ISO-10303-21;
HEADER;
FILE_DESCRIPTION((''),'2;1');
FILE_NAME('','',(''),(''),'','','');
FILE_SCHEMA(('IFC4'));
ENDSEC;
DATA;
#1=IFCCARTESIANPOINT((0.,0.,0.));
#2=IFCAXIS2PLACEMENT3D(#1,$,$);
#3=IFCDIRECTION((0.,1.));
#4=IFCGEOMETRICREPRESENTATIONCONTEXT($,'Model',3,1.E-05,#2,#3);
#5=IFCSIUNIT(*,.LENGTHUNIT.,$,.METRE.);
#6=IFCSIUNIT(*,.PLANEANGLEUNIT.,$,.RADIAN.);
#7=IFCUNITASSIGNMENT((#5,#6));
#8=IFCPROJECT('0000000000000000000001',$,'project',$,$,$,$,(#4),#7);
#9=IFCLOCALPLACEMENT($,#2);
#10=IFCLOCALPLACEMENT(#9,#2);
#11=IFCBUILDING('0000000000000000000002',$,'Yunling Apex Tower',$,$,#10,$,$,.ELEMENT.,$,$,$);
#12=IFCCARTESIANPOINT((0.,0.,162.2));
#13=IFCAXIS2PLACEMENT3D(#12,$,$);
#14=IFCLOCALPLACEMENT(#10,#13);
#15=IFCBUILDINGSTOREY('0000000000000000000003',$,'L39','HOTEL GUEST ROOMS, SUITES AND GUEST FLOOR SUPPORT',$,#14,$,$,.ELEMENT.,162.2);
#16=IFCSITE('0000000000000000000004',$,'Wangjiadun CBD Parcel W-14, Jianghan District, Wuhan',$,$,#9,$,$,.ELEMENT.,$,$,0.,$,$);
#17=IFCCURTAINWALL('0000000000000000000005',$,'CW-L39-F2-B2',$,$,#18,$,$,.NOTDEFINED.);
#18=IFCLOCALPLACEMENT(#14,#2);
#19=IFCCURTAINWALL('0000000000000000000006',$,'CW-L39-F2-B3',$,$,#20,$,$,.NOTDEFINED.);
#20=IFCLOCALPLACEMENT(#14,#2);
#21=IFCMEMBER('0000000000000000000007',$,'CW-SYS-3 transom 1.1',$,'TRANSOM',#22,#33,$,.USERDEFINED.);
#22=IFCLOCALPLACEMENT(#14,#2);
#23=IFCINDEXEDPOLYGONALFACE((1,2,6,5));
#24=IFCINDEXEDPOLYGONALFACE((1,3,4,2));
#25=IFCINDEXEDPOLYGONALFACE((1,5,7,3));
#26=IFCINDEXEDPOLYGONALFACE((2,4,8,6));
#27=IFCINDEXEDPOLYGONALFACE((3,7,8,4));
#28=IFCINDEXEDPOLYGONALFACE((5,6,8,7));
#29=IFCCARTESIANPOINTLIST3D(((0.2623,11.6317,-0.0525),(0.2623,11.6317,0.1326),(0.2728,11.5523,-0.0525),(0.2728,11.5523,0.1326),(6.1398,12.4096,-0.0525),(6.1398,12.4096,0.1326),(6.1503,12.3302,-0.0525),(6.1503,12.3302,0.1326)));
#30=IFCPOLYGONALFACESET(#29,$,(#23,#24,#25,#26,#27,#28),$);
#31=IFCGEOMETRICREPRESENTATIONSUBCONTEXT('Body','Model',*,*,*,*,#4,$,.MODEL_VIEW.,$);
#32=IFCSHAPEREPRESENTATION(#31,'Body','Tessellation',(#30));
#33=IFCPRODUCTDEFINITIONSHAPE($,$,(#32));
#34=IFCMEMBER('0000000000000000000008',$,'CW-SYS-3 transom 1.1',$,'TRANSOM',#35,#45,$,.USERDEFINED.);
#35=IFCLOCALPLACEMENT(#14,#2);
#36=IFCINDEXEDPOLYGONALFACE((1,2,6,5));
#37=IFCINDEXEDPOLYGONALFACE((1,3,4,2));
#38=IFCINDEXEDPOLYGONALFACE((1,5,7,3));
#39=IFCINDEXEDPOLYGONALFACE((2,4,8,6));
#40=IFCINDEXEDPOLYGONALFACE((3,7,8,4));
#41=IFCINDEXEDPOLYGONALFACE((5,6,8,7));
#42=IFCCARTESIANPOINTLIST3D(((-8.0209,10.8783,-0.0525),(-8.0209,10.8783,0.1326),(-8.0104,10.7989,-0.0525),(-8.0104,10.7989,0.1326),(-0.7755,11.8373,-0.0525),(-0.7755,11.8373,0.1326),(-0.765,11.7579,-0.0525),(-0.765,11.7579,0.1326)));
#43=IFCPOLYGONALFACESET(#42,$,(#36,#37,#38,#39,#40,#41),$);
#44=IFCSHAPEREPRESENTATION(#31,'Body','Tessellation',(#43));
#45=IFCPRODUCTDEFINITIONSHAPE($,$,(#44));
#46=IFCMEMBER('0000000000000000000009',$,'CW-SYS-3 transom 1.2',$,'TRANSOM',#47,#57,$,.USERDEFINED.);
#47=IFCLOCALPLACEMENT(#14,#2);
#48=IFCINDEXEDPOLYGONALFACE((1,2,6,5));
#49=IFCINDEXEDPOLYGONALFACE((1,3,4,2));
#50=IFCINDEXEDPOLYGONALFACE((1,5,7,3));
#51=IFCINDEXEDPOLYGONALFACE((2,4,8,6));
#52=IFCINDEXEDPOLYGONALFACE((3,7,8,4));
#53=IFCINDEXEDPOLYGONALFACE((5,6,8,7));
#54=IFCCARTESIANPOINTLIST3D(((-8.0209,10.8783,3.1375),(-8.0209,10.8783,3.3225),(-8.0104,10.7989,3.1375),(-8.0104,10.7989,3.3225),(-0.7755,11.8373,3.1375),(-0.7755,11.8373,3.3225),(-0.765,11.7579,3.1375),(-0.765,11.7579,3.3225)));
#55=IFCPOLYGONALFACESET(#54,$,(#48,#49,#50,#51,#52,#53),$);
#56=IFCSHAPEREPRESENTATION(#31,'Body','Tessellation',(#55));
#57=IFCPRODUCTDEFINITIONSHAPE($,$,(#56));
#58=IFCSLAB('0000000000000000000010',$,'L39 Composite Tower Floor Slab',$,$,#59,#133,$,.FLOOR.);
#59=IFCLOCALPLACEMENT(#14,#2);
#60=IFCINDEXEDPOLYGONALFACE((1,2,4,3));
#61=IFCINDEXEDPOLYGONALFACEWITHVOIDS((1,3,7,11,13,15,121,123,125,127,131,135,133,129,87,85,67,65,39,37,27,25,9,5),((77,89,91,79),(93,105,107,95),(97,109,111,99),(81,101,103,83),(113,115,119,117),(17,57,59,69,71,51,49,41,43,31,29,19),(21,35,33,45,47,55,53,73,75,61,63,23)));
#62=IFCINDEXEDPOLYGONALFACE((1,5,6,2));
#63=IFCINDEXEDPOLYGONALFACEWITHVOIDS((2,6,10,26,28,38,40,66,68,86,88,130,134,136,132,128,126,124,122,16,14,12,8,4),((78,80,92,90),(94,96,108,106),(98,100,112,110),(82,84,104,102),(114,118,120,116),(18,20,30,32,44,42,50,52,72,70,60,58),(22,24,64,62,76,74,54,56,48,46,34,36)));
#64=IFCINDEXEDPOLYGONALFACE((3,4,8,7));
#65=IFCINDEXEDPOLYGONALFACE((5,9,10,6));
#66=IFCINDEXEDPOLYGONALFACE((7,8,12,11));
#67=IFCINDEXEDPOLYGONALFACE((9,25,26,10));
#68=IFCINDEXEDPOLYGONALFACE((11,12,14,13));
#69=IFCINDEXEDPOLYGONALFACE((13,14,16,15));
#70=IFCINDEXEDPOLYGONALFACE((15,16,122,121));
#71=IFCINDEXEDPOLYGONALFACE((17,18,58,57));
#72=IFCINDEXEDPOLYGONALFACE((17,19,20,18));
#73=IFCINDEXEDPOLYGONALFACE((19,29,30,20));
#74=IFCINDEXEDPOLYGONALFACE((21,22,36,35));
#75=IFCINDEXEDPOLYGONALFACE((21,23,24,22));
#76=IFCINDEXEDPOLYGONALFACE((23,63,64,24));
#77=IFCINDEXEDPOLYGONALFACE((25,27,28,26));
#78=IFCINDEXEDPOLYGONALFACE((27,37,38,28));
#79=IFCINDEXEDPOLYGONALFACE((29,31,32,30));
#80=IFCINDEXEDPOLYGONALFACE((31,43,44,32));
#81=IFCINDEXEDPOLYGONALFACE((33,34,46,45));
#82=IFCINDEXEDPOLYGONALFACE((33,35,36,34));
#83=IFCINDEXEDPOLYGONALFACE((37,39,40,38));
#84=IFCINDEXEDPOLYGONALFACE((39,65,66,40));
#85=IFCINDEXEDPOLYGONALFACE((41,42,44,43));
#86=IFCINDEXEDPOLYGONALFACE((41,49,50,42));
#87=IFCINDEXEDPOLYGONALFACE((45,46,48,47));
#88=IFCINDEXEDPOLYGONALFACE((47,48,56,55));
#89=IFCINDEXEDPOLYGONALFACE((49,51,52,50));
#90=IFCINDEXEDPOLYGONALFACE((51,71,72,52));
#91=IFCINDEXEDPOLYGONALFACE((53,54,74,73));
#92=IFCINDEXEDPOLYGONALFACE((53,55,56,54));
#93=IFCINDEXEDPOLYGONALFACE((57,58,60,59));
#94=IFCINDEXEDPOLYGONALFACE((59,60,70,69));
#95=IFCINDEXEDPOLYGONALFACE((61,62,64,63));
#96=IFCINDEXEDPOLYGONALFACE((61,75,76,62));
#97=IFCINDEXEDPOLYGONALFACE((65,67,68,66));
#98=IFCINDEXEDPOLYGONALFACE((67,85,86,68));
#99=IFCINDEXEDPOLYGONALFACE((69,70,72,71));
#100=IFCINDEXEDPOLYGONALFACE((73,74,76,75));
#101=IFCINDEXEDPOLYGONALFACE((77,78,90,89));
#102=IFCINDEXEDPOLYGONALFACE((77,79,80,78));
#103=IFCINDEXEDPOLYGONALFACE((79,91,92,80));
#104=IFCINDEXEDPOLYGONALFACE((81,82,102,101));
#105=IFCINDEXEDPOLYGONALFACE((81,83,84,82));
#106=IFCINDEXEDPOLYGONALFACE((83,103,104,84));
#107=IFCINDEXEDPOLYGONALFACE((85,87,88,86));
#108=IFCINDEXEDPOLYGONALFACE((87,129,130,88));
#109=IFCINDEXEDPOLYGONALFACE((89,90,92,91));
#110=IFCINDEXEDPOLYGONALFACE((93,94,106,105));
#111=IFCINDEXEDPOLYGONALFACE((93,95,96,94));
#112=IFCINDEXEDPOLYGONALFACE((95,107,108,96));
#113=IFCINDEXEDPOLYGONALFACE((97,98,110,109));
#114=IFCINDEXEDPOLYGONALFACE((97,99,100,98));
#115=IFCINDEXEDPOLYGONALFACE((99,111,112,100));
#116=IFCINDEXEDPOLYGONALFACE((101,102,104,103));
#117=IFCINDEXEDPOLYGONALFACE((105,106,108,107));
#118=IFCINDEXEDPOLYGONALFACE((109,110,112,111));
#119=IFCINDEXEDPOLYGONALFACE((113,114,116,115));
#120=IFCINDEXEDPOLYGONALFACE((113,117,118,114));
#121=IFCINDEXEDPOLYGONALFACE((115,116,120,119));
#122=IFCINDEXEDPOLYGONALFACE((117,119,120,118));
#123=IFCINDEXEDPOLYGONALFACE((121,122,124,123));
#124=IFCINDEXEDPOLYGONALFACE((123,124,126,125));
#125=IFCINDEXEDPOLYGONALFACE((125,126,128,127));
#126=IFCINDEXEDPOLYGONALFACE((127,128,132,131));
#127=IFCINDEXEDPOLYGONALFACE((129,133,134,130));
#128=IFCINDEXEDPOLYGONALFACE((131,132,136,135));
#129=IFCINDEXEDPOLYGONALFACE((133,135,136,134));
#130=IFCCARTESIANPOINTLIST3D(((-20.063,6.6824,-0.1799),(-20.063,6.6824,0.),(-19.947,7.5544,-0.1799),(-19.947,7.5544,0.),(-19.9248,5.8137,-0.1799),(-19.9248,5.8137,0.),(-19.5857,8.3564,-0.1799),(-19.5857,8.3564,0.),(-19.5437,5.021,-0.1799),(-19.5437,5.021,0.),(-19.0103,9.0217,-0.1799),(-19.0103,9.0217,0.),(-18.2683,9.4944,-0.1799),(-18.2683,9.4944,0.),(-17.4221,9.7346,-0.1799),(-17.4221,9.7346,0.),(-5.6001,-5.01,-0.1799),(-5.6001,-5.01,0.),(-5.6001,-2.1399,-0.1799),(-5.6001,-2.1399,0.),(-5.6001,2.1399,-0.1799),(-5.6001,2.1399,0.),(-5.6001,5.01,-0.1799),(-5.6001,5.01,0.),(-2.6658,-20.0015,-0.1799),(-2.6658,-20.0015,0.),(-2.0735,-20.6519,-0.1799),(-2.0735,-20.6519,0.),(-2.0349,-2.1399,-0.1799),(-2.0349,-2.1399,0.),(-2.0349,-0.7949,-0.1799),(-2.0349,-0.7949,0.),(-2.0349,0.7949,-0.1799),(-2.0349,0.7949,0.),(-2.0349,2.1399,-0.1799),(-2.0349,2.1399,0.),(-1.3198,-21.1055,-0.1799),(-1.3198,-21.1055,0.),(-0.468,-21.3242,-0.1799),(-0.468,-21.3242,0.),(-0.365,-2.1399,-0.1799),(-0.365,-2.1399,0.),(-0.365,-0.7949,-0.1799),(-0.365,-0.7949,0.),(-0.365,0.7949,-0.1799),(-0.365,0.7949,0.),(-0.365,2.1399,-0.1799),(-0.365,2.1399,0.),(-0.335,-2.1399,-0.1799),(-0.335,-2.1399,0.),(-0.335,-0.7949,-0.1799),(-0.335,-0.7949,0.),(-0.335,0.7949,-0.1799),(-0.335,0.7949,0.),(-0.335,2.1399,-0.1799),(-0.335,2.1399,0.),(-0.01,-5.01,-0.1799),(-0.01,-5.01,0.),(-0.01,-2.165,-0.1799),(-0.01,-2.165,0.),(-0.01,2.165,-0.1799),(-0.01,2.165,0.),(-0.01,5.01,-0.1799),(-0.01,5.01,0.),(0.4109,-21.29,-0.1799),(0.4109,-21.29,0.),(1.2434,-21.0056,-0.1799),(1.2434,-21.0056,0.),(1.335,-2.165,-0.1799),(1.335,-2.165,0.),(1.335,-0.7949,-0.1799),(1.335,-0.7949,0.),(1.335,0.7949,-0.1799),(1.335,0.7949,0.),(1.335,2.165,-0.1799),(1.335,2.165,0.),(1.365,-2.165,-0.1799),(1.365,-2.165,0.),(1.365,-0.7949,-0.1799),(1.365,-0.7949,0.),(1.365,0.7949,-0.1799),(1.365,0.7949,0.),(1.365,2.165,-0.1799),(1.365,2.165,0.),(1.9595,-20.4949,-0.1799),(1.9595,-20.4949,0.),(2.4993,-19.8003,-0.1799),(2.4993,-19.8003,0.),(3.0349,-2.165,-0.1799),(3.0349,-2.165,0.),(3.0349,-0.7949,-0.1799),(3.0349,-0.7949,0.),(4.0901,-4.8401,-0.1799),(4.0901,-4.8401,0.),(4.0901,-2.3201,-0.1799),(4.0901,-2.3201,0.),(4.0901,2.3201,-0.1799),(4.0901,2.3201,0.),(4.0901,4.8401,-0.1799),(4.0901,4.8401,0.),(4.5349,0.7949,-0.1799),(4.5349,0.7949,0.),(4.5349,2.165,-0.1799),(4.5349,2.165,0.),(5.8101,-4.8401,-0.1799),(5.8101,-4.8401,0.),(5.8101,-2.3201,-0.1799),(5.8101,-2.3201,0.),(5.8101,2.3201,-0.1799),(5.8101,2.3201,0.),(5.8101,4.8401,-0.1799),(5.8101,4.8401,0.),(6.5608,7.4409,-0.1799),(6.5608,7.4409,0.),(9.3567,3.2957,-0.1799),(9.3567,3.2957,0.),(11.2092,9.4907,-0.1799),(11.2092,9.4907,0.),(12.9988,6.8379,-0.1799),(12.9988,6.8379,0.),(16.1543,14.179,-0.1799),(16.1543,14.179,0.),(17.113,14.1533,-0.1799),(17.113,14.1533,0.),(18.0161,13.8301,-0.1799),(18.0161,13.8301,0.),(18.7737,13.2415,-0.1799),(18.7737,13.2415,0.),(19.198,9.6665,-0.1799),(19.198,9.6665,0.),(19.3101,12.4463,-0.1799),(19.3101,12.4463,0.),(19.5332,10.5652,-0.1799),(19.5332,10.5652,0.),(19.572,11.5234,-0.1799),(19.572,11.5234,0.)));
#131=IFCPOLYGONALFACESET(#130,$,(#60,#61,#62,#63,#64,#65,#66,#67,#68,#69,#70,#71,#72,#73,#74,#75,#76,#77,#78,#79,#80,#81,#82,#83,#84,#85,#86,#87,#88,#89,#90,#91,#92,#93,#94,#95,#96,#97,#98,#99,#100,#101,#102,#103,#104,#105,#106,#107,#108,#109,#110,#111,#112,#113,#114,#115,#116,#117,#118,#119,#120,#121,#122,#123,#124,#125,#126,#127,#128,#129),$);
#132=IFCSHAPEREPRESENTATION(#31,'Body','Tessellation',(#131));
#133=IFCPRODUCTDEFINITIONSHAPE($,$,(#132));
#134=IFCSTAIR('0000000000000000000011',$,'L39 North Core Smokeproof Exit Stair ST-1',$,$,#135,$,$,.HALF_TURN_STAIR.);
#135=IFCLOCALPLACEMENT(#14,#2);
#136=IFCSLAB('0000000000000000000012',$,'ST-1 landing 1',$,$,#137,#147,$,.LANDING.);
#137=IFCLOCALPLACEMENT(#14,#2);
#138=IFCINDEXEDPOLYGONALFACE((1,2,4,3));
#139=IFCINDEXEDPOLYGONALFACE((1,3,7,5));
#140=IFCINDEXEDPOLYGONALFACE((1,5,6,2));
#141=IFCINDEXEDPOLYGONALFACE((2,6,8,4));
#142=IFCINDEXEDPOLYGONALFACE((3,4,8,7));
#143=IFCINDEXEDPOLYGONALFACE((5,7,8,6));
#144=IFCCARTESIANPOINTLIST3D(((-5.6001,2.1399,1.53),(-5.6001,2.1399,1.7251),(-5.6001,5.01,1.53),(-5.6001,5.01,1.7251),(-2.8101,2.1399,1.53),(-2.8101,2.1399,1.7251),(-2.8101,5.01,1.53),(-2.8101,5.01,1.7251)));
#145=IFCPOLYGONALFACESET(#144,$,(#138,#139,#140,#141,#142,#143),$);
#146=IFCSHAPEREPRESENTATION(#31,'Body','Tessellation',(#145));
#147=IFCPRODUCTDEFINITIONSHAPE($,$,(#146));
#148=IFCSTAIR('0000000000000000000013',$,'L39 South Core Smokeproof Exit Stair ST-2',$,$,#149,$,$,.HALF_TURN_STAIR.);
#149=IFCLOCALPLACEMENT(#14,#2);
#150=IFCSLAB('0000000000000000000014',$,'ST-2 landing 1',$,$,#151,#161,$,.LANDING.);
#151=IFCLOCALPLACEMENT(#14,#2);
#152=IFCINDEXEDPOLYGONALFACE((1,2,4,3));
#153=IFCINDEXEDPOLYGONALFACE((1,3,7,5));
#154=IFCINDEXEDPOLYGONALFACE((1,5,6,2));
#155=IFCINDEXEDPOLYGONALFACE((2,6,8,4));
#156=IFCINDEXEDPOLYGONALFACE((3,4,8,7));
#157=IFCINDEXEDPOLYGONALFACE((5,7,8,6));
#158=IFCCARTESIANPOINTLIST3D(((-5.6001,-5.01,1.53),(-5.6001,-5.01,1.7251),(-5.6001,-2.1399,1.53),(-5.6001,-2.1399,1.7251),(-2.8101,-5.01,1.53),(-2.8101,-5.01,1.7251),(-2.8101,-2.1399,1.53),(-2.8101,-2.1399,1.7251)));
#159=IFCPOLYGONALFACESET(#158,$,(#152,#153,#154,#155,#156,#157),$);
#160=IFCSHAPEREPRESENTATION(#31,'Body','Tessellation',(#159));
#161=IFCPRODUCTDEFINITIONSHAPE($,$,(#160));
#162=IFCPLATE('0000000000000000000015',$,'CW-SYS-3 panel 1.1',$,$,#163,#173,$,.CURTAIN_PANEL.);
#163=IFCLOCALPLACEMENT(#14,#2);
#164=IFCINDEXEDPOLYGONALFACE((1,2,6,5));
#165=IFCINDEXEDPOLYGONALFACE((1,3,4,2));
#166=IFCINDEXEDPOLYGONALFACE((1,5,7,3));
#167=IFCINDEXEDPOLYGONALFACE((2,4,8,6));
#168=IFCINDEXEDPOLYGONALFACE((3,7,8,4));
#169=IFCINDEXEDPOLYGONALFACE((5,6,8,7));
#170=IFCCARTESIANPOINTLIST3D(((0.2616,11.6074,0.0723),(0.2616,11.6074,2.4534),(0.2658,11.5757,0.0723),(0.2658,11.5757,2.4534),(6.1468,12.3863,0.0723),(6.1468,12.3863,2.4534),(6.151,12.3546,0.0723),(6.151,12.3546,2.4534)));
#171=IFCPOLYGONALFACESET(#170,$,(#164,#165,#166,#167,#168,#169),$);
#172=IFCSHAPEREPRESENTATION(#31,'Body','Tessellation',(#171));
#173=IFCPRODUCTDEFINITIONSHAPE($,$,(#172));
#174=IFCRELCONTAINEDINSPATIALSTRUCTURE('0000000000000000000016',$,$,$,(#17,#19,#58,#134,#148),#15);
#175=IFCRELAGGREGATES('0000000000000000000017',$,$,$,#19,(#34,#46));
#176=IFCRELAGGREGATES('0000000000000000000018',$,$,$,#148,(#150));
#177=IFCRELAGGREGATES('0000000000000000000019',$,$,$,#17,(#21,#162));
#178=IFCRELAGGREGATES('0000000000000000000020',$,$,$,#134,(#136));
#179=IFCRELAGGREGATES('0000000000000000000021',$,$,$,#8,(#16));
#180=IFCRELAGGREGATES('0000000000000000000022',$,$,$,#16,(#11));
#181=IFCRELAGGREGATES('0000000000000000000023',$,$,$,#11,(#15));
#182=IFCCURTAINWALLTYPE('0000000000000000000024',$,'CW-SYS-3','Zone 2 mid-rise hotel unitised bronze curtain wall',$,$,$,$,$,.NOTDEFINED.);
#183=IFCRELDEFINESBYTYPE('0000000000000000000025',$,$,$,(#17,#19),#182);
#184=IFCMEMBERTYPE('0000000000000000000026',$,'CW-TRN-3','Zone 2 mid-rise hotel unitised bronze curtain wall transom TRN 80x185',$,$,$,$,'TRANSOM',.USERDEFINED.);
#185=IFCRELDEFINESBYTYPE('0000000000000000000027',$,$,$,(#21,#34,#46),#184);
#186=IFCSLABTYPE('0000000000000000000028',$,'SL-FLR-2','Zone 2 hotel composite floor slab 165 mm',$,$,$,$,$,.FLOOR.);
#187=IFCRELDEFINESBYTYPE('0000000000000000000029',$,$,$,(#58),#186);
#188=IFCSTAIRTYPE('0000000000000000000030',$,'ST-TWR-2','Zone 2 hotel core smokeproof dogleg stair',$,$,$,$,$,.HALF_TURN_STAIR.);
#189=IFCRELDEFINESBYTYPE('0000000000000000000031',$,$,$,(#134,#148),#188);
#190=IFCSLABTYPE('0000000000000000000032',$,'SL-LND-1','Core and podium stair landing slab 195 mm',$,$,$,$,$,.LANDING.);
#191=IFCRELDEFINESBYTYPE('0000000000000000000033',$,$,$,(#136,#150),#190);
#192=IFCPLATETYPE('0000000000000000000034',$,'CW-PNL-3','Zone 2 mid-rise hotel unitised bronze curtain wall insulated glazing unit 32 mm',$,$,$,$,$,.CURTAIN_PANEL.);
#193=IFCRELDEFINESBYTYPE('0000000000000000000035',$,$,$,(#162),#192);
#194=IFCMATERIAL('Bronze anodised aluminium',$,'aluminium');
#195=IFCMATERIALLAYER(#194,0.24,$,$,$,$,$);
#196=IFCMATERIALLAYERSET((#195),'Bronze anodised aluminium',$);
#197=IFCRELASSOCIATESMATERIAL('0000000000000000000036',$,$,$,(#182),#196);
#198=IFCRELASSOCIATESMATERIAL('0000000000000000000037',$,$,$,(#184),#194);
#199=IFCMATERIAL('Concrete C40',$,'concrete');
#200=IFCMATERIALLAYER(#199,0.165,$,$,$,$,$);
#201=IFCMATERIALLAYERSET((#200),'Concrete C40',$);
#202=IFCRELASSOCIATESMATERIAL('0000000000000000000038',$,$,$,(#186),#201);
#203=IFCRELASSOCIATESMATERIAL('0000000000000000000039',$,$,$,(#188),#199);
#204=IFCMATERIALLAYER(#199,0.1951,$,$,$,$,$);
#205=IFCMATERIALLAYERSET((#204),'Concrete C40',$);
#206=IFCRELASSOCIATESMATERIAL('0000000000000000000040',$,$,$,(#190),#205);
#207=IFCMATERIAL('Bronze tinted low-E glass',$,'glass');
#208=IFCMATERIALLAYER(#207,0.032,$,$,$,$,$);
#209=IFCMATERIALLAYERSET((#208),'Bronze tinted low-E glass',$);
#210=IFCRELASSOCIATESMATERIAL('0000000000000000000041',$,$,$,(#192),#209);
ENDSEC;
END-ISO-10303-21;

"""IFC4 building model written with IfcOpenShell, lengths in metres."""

from ifc_helpers import new_model, si_unit, direction, frame, origin, origin_2d, place, context, subcontext, project, spatial, polyline, rectangle, outline, extrude, source, transform, mapped, material, layer, layer_set, material_profile, profile_set, type_object, element, aggregate, save


model = new_model("IFC4")

# Units and contexts
model_context = context("Model", 3, precision=1e-05, world=origin(), true_north=direction((0.0, 1.0)))
body_context = subcontext(model_context, "Body", "Model", "MODEL_VIEW")
ifc_project = project(units=[si_unit("LENGTHUNIT", "METRE"), si_unit("PLANEANGLEUNIT", "RADIAN")], contexts=[model_context])

# Site, building, storey
site_placement = place(None, origin())
site = spatial("IfcSite", under=ifc_project, at=site_placement, Name="Wangjiadun CBD Parcel W-14, Jianghan District, Wuhan", CompositionType="ELEMENT", RefElevation=0.0)
building_placement = place(site_placement, origin())
building = spatial("IfcBuilding", under=site, at=building_placement, Name="Yunling Apex Tower", CompositionType="ELEMENT")
storey_placement = place(building_placement, frame((0.0, 0.0, 162.2)))
storey = spatial("IfcBuildingStorey", under=building, at=storey_placement, Name="L39", Description="HOTEL GUEST ROOMS, SUITES AND GUEST FLOOR SUPPORT", CompositionType="ELEMENT", Elevation=162.2)

# Curtain walls
ifc_material_1 = material(Name="Bronze anodised aluminium", Category="aluminium")
ifc_layer_1 = layer(ifc_material_1, 0.24)
ifc_layer_set_1 = layer_set([ifc_layer_1], Name="Bronze anodised aluminium")
curtain_wall_type = type_object("IfcCurtainWallType", Name="CW-SYS-3", Description="Zone 2 mid-rise hotel unitised bronze curtain wall", PredefinedType="NOTDEFINED", material=ifc_layer_set_1)
curtain_wall_1_placement = place(storey_placement, origin())
curtain_wall_1 = element("IfcCurtainWall", 1, at=curtain_wall_1_placement, inside=storey, type_object=curtain_wall_type, Name="CW-L39-F2-B2", PredefinedType="NOTDEFINED")
curtain_wall_2_placement = place(storey_placement, origin())
curtain_wall_2 = element("IfcCurtainWall", 2, at=curtain_wall_2_placement, inside=storey, type_object=curtain_wall_type, Name="CW-L39-F2-B3", PredefinedType="NOTDEFINED")

# Members
ifc_material_profile_1 = material_profile(ifc_material_1, rectangle(XDim=0.0801, YDim=0.1851, at=origin_2d()))
ifc_profile_set_1 = profile_set([ifc_material_profile_1], Name="Bronze anodised aluminium")
member_type_1 = type_object("IfcMemberType", Name="CW-TRN-3", Description="Zone 2 mid-rise hotel unitised bronze curtain wall transom TRN 80x185", ElementType="TRANSOM", PredefinedType="USERDEFINED", material=ifc_profile_set_1)
shared_shape_1 = source(origin(), body_context, "Body", "SweptSolid", [
    extrude(rectangle(XDim=0.0801, YDim=0.1851, at=origin_2d()), origin(), (0.0, 0.0, 1.0), 5.9287),
])
member_1_placement = place(storey_placement, frame((6.145, 12.3699, 0.04), z_axis=(-0.991356, -0.131198, 0.0), x_axis=(0.131198, -0.991356, 0.0)))
member_1 = element("IfcMember", 3, at=member_1_placement, type_object=member_type_1, Name="CW-SYS-3 transom 1.1", ObjectType="TRANSOM", PredefinedType="USERDEFINED", context=body_context, shape_type="MappedRepresentation", body=[
    mapped(shared_shape_1, transform((0.0, 0.0, 0.0), scale=1.0)),
])
shared_shape_2 = source(origin(), body_context, "Body", "SweptSolid", [
    extrude(rectangle(XDim=0.0801, YDim=0.1851, at=origin_2d()), origin(), (0.0, 0.0, 1.0), 7.3086),
])
member_2_placement = place(storey_placement, frame((-0.7703, 11.7976, 0.04), z_axis=(-0.991354, -0.131214, 0.0), x_axis=(0.131214, -0.991354, 0.0)))
member_2 = element("IfcMember", 4, at=member_2_placement, type_object=member_type_1, Name="CW-SYS-3 transom 1.1", ObjectType="TRANSOM", PredefinedType="USERDEFINED", context=body_context, shape_type="MappedRepresentation", body=[
    mapped(shared_shape_2, transform((0.0, 0.0, 0.0), scale=1.0)),
])
member_3_placement = place(storey_placement, frame((-0.7703, 11.7976, 3.23), z_axis=(-0.991354, -0.131214, 0.0), x_axis=(0.131214, -0.991354, 0.0)))
member_3 = element("IfcMember", 5, at=member_3_placement, type_object=member_type_1, Name="CW-SYS-3 transom 1.2", ObjectType="TRANSOM", PredefinedType="USERDEFINED", context=body_context, shape_type="MappedRepresentation", body=[
    mapped(shared_shape_2, transform((0.0, 0.0, 0.0), scale=1.0)),
])
aggregate(curtain_wall_2, [member_2, member_3])

# Slab
ifc_material_2 = material(Name="Concrete C40", Category="concrete")
ifc_layer_2 = layer(ifc_material_2, 0.165)
ifc_layer_set_2 = layer_set([ifc_layer_2], Name="Concrete C40")
slab_type_1 = type_object("IfcSlabType", Name="SL-FLR-2", Description="Zone 2 hotel composite floor slab 165 mm", PredefinedType="FLOOR", material=ifc_layer_set_2)
slab_1_placement = place(storey_placement, frame((0.0, 0.0, -0.1799)))
element("IfcSlab", 6, at=slab_1_placement, inside=storey, type_object=slab_type_1, Name="L39 Composite Tower Floor Slab", PredefinedType="FLOOR", context=body_context, shape_type="SweptSolid", body=[
    extrude(outline(polyline([(-2.6658, -20.0015), (-2.0735, -20.6519), (-1.3198, -21.1055), (-0.468, -21.3242), (0.4109, -21.29), (1.2434, -21.0056), (1.9595, -20.4949), (2.4993, -19.8003), (19.198, 9.6665), (19.5332, 10.5652), (19.572, 11.5234), (19.3101, 12.4463), (18.7737, 13.2415), (18.0161, 13.8301), (17.113, 14.1533), (16.1543, 14.179), (-17.4221, 9.7346), (-18.2683, 9.4944), (-19.0103, 9.0217), (-19.5857, 8.3564), (-19.947, 7.5544), (-20.063, 6.6824), (-19.9248, 5.8137), (-19.5437, 5.021), (-2.6658, -20.0015)]), holes=[polyline([(11.2092, 9.4907), (12.9988, 6.8379), (9.3567, 3.2957), (6.5608, 7.4409), (11.2092, 9.4907)]), polyline([(4.0901, -2.3201), (5.8101, -2.3201), (5.8101, -4.8401), (4.0901, -4.8401), (4.0901, -2.3201)]), polyline([(5.8101, 4.8401), (5.8101, 2.3201), (4.0901, 2.3201), (4.0901, 4.8401), (5.8101, 4.8401)]), polyline([(1.365, 2.165), (4.5349, 2.165), (4.5349, 0.7949), (1.365, 0.7949), (1.365, 2.165)]), polyline([(3.0349, -0.7949), (3.0349, -2.165), (1.365, -2.165), (1.365, -0.7949), (3.0349, -0.7949)]), polyline([(-2.0349, -0.7949), (-0.365, -0.7949), (-0.365, -2.1399), (-0.335, -2.1399), (-0.335, -0.7949), (1.335, -0.7949), (1.335, -2.165), (-0.01, -2.165), (-0.01, -5.01), (-5.6001, -5.01), (-5.6001, -2.1399), (-2.0349, -2.1399), (-2.0349, -0.7949)]), polyline([(-5.6001, 2.1399), (-5.6001, 5.01), (-0.01, 5.01), (-0.01, 2.165), (1.335, 2.165), (1.335, 0.7949), (-0.335, 0.7949), (-0.335, 2.1399), (-0.365, 2.1399), (-0.365, 0.7949), (-2.0349, 0.7949), (-2.0349, 2.1399), (-5.6001, 2.1399)])]), origin(), (0.0, 0.0, 1.0), 0.1799),
])

# Stairs, slabs
stair_type = type_object("IfcStairType", Name="ST-TWR-2", Description="Zone 2 hotel core smokeproof dogleg stair", PredefinedType="HALF_TURN_STAIR", material=ifc_material_2)
stair_1_placement = place(storey_placement, origin())
stair_1 = element("IfcStair", 7, at=stair_1_placement, inside=storey, type_object=stair_type, Name="L39 North Core Smokeproof Exit Stair ST-1", PredefinedType="HALF_TURN_STAIR")
ifc_layer_3 = layer(ifc_material_2, 0.1951)
ifc_layer_set_3 = layer_set([ifc_layer_3], Name="Concrete C40")
slab_type_2 = type_object("IfcSlabType", Name="SL-LND-1", Description="Core and podium stair landing slab 195 mm", PredefinedType="LANDING", material=ifc_layer_set_3)
slab_2_placement = place(storey_placement, frame((0.0, 0.0, 1.53)))
slab_2 = element("IfcSlab", 8, at=slab_2_placement, type_object=slab_type_2, Name="ST-1 landing 1", PredefinedType="LANDING", context=body_context, shape_type="SweptSolid", body=[
    extrude(outline(polyline([(-2.8101, 5.01), (-5.6001, 5.01), (-5.6001, 2.1399), (-2.8101, 2.1399), (-2.8101, 5.01)])), origin(), (0.0, 0.0, 1.0), 0.1951),
])
stair_2_placement = place(storey_placement, origin())
stair_2 = element("IfcStair", 9, at=stair_2_placement, inside=storey, type_object=stair_type, Name="L39 South Core Smokeproof Exit Stair ST-2", PredefinedType="HALF_TURN_STAIR")
slab_3_placement = place(storey_placement, frame((0.0, 0.0, 1.53)))
slab_3 = element("IfcSlab", 10, at=slab_3_placement, type_object=slab_type_2, Name="ST-2 landing 1", PredefinedType="LANDING", context=body_context, shape_type="SweptSolid", body=[
    extrude(outline(polyline([(-2.8101, -2.1399), (-5.6001, -2.1399), (-5.6001, -5.01), (-2.8101, -5.01), (-2.8101, -2.1399)])), origin(), (0.0, 0.0, 1.0), 0.1951),
])
aggregate(stair_2, [slab_3])

# Plate
ifc_material_3 = material(Name="Bronze tinted low-E glass", Category="glass")
ifc_layer_4 = layer(ifc_material_3, 0.032)
ifc_layer_set_4 = layer_set([ifc_layer_4], Name="Bronze tinted low-E glass")
plate_type = type_object("IfcPlateType", Name="CW-PNL-3", Description="Zone 2 mid-rise hotel unitised bronze curtain wall insulated glazing unit 32 mm", PredefinedType="CURTAIN_PANEL", material=ifc_layer_set_4)
shared_shape_3 = source(origin(), body_context, "Body", "SweptSolid", [
    extrude(rectangle(XDim=5.9365, YDim=0.032, at=origin_2d()), origin(), (0.0, 0.0, 1.0), 2.3811),
])
plate_1_placement = place(storey_placement, frame((3.2063, 11.981, 0.0723), z_axis=(0.0, 0.0, 1.0), x_axis=(-0.991355, -0.131205, 0.0)))
plate_1 = element("IfcPlate", 11, at=plate_1_placement, type_object=plate_type, Name="CW-SYS-3 panel 1.1", PredefinedType="CURTAIN_PANEL", context=body_context, shape_type="MappedRepresentation", body=[
    mapped(shared_shape_3, transform((0.0, 0.0, 0.0), scale=1.0)),
])
aggregate(curtain_wall_1, [member_1, plate_1])

aggregate(stair_1, [slab_2])

save(model, "model.ifc")
